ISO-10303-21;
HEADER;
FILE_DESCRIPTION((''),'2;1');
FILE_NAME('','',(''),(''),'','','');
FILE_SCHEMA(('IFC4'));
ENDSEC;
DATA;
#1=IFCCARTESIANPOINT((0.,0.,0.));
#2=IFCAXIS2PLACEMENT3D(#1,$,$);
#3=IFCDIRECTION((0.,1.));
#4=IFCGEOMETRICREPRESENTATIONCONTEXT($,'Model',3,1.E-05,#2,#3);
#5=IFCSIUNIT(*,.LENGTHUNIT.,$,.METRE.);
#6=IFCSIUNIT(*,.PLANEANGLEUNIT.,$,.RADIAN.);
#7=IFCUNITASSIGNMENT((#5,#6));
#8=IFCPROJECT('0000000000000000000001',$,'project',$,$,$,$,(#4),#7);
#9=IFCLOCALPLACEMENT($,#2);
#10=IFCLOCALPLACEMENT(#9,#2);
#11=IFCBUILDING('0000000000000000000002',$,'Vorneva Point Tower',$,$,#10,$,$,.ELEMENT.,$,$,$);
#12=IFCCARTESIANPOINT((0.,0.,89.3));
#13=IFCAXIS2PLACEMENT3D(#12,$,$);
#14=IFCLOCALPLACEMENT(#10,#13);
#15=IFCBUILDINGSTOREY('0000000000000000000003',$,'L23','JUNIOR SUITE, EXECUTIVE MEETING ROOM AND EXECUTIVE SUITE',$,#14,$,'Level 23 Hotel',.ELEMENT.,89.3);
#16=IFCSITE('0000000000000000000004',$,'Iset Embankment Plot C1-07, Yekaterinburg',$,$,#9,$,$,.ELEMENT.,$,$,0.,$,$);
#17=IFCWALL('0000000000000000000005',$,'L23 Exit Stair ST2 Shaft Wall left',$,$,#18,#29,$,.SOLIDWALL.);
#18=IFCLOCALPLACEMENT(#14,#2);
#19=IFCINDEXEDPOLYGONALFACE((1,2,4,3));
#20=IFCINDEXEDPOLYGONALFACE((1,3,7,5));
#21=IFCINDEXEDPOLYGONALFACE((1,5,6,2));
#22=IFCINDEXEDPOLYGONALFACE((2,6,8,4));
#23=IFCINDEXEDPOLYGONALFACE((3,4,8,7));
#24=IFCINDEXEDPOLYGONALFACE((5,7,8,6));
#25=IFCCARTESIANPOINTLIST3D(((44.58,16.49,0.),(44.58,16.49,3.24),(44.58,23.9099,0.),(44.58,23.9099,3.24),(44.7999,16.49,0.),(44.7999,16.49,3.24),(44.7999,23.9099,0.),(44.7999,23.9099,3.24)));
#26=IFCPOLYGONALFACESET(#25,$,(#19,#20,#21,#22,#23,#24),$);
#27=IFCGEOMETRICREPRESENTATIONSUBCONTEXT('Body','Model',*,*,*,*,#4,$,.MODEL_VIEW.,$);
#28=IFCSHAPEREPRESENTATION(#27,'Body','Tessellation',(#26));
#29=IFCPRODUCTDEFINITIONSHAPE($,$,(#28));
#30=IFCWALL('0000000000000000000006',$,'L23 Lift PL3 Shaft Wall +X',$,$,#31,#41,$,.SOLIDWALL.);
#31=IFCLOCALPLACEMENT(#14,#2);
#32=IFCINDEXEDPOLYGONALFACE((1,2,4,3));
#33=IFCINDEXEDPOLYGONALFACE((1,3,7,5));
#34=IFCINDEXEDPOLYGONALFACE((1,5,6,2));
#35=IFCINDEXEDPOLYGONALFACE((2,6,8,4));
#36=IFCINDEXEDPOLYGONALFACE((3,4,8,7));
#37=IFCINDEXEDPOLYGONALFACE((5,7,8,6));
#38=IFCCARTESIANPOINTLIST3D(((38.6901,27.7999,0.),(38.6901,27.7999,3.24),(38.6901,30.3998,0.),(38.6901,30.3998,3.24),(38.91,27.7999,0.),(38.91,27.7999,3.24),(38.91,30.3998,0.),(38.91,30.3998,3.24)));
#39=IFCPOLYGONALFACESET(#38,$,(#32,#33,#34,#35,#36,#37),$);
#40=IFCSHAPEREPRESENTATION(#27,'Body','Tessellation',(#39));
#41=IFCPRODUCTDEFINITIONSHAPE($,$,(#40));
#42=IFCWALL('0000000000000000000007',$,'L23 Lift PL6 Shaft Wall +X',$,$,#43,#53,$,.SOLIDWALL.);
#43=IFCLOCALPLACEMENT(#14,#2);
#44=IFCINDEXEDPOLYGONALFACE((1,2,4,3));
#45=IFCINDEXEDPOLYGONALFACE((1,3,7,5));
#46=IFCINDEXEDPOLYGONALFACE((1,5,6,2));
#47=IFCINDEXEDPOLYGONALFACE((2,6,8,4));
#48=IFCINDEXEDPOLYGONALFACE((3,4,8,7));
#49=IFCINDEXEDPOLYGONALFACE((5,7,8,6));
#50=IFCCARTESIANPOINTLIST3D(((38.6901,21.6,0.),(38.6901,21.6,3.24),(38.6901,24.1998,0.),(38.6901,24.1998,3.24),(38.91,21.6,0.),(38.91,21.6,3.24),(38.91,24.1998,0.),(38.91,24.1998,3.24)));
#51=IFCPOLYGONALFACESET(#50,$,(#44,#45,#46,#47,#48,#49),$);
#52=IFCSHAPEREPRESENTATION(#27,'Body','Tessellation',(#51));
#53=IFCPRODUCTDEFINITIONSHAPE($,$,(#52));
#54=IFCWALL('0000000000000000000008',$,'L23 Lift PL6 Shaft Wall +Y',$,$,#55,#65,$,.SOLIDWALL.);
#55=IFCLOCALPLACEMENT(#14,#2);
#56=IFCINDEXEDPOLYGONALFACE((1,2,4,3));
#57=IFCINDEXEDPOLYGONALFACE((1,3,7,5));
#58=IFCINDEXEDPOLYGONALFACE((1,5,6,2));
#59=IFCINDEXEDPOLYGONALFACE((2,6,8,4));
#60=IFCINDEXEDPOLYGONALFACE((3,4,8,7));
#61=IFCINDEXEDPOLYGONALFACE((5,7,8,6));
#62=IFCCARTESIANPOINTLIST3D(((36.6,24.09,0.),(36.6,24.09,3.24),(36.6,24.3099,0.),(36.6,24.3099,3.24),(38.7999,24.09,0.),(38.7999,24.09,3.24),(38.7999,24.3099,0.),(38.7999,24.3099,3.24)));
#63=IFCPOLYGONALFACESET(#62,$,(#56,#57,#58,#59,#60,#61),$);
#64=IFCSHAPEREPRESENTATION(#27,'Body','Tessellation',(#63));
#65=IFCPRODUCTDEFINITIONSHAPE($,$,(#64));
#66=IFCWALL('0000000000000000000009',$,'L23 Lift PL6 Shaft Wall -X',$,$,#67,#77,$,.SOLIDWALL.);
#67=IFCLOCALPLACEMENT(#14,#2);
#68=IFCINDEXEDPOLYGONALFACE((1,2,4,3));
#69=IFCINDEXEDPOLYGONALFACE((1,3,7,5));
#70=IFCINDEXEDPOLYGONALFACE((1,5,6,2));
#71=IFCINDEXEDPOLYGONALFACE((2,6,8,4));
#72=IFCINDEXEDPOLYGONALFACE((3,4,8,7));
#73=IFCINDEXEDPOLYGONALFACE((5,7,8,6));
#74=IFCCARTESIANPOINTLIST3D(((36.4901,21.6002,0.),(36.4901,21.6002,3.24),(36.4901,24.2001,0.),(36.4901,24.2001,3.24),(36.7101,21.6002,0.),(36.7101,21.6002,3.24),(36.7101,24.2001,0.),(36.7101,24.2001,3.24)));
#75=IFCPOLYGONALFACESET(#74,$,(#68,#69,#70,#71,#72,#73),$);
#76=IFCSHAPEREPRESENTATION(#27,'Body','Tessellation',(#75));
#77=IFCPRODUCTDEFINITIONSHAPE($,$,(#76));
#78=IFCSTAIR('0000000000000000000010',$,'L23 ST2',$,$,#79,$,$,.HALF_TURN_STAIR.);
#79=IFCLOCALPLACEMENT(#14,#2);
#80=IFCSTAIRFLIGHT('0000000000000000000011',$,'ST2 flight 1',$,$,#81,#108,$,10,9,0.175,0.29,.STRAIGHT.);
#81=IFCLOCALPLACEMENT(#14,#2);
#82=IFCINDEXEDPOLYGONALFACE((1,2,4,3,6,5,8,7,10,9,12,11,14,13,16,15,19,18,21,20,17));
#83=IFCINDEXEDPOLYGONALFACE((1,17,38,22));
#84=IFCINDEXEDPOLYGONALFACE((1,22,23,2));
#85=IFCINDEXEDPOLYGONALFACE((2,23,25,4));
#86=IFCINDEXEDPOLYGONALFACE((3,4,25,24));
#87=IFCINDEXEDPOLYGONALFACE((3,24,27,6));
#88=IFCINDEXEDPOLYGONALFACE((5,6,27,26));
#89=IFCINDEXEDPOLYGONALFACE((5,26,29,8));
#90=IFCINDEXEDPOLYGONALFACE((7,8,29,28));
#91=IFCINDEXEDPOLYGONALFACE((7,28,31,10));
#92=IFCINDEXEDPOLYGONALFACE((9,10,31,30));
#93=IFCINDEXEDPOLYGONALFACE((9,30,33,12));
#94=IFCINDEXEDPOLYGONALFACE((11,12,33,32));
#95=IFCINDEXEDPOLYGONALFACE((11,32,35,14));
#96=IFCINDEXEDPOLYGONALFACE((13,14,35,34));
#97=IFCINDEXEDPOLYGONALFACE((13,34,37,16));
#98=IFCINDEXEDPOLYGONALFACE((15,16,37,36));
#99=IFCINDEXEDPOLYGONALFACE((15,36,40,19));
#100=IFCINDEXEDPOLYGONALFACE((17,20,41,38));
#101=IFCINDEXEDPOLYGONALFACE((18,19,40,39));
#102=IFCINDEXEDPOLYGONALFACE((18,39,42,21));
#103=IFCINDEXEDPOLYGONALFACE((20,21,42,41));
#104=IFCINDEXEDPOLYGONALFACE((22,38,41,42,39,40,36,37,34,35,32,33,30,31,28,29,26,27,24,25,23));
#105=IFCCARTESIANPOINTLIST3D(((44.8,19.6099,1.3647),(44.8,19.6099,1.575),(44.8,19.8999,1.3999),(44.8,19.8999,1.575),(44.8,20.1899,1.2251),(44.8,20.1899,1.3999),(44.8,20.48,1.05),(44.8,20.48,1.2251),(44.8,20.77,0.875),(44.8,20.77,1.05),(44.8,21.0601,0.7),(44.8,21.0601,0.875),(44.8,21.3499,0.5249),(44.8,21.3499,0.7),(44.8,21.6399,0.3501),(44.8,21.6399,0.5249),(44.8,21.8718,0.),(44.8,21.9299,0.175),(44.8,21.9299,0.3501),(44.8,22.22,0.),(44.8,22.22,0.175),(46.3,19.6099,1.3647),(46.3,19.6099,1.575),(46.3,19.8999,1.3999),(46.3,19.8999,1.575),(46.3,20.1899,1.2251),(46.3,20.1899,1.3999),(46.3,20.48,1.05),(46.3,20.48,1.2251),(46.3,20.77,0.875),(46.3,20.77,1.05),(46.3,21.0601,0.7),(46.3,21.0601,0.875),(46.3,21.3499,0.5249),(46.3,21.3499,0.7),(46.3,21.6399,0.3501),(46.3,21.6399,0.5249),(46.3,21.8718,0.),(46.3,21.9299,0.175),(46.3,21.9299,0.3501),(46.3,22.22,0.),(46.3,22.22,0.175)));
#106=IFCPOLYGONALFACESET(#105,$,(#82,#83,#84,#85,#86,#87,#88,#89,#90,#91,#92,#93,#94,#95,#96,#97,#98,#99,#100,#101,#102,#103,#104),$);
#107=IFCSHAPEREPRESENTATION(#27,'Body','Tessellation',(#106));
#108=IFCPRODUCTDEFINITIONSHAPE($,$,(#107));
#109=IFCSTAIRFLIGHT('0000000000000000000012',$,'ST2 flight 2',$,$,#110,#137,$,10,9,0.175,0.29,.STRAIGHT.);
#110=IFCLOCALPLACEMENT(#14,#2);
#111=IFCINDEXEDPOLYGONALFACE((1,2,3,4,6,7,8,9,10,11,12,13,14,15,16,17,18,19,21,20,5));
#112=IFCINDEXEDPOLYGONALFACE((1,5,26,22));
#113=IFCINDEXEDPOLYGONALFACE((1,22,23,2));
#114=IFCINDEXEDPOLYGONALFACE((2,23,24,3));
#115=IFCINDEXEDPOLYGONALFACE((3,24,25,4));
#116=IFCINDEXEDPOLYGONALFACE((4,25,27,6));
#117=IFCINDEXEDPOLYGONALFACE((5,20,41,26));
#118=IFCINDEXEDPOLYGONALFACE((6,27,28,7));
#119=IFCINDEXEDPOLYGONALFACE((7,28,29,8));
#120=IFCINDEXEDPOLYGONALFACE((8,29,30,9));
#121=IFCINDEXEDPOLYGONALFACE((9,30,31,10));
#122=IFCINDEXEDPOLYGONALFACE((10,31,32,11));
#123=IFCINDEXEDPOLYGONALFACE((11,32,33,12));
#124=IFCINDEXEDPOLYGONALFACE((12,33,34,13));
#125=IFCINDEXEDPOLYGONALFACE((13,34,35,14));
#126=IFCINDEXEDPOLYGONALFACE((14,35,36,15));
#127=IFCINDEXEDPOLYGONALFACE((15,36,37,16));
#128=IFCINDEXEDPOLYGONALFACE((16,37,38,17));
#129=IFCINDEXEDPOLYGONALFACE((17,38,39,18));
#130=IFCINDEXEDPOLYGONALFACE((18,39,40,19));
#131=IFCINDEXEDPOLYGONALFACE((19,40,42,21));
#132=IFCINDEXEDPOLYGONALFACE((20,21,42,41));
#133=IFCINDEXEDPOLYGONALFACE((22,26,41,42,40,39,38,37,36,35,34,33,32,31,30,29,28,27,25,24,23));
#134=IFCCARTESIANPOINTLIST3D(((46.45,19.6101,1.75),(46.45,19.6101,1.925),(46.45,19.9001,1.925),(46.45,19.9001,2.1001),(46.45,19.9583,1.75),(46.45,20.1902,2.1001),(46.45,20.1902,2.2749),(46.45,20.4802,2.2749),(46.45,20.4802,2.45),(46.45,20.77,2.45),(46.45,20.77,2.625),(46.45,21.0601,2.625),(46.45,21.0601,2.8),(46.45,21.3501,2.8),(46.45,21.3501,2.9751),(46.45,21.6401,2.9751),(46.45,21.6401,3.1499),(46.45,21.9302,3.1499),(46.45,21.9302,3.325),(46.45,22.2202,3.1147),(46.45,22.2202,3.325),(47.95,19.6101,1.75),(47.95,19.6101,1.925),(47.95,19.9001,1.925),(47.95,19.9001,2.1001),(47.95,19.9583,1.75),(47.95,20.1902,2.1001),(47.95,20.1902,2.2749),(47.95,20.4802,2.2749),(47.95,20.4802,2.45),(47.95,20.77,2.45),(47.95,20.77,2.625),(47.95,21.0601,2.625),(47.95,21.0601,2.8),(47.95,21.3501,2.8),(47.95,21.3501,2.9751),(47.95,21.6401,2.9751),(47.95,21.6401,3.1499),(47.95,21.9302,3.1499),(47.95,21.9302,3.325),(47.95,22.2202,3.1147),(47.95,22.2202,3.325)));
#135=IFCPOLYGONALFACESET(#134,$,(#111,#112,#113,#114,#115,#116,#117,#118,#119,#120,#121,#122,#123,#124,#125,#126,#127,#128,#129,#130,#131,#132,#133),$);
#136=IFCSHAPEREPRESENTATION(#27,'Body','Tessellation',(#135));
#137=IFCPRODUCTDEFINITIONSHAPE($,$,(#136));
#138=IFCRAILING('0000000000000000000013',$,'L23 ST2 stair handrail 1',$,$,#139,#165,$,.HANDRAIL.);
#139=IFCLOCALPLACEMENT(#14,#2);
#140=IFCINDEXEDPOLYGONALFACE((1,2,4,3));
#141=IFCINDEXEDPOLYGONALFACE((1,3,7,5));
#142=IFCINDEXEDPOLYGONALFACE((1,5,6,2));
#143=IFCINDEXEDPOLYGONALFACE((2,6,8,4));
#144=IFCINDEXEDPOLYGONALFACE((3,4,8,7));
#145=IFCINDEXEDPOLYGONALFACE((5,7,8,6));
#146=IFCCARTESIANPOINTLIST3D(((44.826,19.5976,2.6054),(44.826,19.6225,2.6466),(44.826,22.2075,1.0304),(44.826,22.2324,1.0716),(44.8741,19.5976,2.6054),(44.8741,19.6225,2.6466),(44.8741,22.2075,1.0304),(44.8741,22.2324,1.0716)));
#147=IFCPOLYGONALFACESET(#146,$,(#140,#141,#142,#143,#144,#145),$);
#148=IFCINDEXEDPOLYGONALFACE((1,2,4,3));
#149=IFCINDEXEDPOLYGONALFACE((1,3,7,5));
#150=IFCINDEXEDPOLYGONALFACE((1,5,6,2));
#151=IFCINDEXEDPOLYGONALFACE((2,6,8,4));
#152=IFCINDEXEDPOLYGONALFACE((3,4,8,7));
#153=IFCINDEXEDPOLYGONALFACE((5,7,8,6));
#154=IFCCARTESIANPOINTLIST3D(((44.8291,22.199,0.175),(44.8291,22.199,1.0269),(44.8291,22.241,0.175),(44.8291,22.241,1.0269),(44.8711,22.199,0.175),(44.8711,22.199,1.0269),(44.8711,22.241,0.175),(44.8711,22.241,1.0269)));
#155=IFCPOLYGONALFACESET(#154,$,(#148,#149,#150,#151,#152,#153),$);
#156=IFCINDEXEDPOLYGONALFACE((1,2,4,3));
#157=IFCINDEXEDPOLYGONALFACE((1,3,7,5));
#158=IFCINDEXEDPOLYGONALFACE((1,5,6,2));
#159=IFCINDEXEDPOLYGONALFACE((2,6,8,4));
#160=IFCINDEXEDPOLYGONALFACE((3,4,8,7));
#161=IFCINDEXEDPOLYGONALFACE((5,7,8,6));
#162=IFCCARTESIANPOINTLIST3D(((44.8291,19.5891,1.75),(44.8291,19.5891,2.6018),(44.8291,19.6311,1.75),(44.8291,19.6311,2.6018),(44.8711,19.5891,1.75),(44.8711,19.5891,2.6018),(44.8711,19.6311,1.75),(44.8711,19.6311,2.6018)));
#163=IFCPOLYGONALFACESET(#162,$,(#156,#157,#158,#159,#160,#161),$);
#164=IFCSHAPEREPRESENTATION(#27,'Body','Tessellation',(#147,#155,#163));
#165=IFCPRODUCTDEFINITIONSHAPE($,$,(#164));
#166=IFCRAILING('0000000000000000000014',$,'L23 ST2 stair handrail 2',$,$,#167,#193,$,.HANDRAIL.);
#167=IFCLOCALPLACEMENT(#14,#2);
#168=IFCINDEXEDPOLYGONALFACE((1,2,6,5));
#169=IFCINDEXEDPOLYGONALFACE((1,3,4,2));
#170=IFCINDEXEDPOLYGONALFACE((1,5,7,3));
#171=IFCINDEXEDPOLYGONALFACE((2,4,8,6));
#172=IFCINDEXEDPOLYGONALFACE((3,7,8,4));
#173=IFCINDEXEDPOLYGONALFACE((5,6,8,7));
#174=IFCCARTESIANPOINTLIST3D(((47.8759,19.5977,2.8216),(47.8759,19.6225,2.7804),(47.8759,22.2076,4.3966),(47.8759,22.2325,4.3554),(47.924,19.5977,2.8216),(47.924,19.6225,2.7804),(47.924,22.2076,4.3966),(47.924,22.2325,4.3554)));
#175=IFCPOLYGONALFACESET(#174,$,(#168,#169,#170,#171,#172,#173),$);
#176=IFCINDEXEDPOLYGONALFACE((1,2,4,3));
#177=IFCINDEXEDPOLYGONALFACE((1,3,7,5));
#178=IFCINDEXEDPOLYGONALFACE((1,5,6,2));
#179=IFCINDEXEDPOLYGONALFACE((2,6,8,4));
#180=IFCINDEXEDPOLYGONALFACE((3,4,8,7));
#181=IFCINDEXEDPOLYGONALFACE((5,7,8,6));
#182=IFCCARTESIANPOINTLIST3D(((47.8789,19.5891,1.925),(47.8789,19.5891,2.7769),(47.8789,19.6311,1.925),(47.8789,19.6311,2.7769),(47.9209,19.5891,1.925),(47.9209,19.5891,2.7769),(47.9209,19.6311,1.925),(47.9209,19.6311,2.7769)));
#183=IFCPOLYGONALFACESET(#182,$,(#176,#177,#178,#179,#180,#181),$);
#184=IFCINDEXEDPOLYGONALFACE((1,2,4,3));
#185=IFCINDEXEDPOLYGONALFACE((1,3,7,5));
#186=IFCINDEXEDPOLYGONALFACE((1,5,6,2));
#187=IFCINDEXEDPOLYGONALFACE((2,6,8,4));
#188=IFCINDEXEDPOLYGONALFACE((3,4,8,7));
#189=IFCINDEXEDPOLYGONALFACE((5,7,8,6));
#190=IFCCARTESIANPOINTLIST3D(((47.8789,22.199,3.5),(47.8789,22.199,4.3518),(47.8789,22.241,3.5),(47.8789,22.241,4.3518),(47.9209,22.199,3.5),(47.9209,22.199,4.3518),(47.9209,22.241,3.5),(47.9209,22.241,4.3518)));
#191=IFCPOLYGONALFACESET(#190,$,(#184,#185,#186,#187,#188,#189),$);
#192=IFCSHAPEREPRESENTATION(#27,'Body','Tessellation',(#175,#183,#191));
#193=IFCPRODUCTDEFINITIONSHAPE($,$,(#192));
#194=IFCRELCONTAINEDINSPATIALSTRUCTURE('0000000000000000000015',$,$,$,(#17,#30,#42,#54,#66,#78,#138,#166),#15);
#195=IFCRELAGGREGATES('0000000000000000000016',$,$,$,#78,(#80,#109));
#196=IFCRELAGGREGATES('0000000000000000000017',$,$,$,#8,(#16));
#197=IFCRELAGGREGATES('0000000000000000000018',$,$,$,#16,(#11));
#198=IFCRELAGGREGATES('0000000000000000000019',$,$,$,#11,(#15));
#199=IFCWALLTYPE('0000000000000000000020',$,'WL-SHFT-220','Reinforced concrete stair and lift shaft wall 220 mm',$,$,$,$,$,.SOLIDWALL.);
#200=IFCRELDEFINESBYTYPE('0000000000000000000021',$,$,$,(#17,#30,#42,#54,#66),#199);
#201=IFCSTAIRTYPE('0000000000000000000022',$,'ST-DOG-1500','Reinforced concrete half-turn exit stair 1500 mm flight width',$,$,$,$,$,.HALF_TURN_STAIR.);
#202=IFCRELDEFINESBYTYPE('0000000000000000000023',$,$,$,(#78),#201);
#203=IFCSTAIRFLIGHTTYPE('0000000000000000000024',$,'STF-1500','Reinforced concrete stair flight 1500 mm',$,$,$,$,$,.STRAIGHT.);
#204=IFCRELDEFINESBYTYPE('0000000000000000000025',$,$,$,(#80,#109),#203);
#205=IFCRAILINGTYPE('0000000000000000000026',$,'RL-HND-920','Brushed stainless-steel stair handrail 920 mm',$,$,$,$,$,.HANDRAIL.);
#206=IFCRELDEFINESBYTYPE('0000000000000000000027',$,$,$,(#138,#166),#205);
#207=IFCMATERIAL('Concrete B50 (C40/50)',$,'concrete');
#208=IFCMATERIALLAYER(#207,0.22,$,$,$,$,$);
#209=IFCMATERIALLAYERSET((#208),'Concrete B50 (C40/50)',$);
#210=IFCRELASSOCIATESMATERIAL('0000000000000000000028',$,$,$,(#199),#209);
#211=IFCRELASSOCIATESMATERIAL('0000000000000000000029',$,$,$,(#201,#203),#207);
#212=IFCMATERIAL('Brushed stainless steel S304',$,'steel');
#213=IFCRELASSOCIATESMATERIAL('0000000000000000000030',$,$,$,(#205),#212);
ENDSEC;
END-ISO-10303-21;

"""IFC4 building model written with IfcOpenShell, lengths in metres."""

from ifc_helpers import new_model, si_unit, direction, frame, frame_2d, origin, origin_2d, place, context, subcontext, project, spatial, polyline, rectangle, outline, extrude, material, layer, layer_set, type_object, element, aggregate, save


model = new_model("IFC4")

# Units and contexts
model_context = context("Model", 3, precision=1e-05, world=origin(), true_north=direction((0.0, 1.0)))
body_context = subcontext(model_context, "Body", "Model", "MODEL_VIEW")
ifc_project = project(units=[si_unit("LENGTHUNIT", "METRE"), si_unit("PLANEANGLEUNIT", "RADIAN")], contexts=[model_context])

# Site, building, storey
site_placement = place(None, origin())
site = spatial("IfcSite", under=ifc_project, at=site_placement, Name="Iset Embankment Plot C1-07, Yekaterinburg", CompositionType="ELEMENT", RefElevation=0.0)
building_placement = place(site_placement, origin())
building = spatial("IfcBuilding", under=site, at=building_placement, Name="Vorneva Point Tower", CompositionType="ELEMENT")
storey_placement = place(building_placement, frame((0.0, 0.0, 89.3)))
storey = spatial("IfcBuildingStorey", under=building, at=storey_placement, Name="L23", Description="JUNIOR SUITE, EXECUTIVE MEETING ROOM AND EXECUTIVE SUITE", LongName="Level 23 Hotel", CompositionType="ELEMENT", Elevation=89.3)

# Shared definitions
ifc_material_1 = material(Name="Concrete B50 (C40/50)", Category="concrete")
ifc_layer_1 = layer(ifc_material_1, 0.22)
ifc_layer_set_1 = layer_set([ifc_layer_1], Name="Concrete B50 (C40/50)")
wall_type_1 = type_object("IfcWallType", Name="WL-SHFT-220", Description="Reinforced concrete stair and lift shaft wall 220 mm", PredefinedType="SOLIDWALL", material=ifc_layer_set_1)

# Walls
wall_1_placement = place(storey_placement, frame((44.6899, 16.49, 0.0), z_axis=(0.0, 0.0, 1.0), x_axis=(0.0, 1.0, 0.0)))
element("IfcWall", 1, at=wall_1_placement, inside=storey, type_object=wall_type_1, Name="L23 Exit Stair ST2 Shaft Wall left", PredefinedType="SOLIDWALL", context=body_context, shape_type="SweptSolid", body=[
    extrude(rectangle(XDim=7.4199, YDim=0.22, at=frame_2d((3.71, 0.0))), origin(), (0.0, 0.0, 1.0), 3.24),
])
for number, where, z_axis, x_axis, name in (
    (2, (38.8, 27.8, 0.0), (0.0, 0.0, 1.0), (0.0, 1.0, 0.0), "L23 Lift PL3 Shaft Wall +X"),
    (3, (38.8, 21.6001, 0.0), (0.0, 0.0, 1.0), (0.0, 1.0, 0.0), "L23 Lift PL6 Shaft Wall +X"),
):
    element("IfcWall", number, at=place(storey_placement, frame(where, z_axis=z_axis, x_axis=x_axis)), inside=storey, type_object=wall_type_1, Name=name, PredefinedType="SOLIDWALL", context=body_context, shape_type="SweptSolid", body=[
        extrude(rectangle(XDim=2.5999, YDim=0.22, at=frame_2d((1.2998, 0.0))), origin(), (0.0, 0.0, 1.0), 3.24),
    ])
wall_2_placement = place(storey_placement, frame((38.8, 24.2, 0.0), z_axis=(0.0, 0.0, 1.0), x_axis=(-1.0, 0.0, 0.0)))
element("IfcWall", 4, at=wall_2_placement, inside=storey, type_object=wall_type_1, Name="L23 Lift PL6 Shaft Wall +Y", PredefinedType="SOLIDWALL", context=body_context, shape_type="SweptSolid", body=[
    extrude(rectangle(XDim=2.2, YDim=0.22, at=frame_2d((1.1001, 0.0))), origin(), (0.0, 0.0, 1.0), 3.24),
])
wall_3_placement = place(storey_placement, frame((36.6001, 24.2, 0.0), z_axis=(0.0, 0.0, 1.0), x_axis=(0.0, -1.0, 0.0)))
element("IfcWall", 5, at=wall_3_placement, inside=storey, type_object=wall_type_1, Name="L23 Lift PL6 Shaft Wall -X", PredefinedType="SOLIDWALL", context=body_context, shape_type="SweptSolid", body=[
    extrude(rectangle(XDim=2.5999, YDim=0.22, at=frame_2d((1.2998, 0.0))), origin(), (0.0, 0.0, 1.0), 3.24),
])

# Stair, stair flights
stair_type = type_object("IfcStairType", Name="ST-DOG-1500", Description="Reinforced concrete half-turn exit stair 1500 mm flight width", PredefinedType="HALF_TURN_STAIR", material=ifc_material_1)
stair_placement = place(storey_placement, origin())
stair = element("IfcStair", 6, at=stair_placement, inside=storey, type_object=stair_type, Name="L23 ST2", PredefinedType="HALF_TURN_STAIR")
stair_flight_type = type_object("IfcStairFlightType", Name="STF-1500", Description="Reinforced concrete stair flight 1500 mm", PredefinedType="STRAIGHT", material=ifc_material_1)
stair_flight_1_placement = place(storey_placement, frame((45.55, 22.22, 0.0), z_axis=(0.0, 0.0, 1.0), x_axis=(0.0, -1.0, 0.0)))
stair_flight_1 = element("IfcStairFlight", 7, at=stair_flight_1_placement, type_object=stair_flight_type, Name="ST2 flight 1", NumberOfRisers=10, NumberOfTreads=9, PredefinedType="STRAIGHT", RiserHeight=0.175, TreadLength=0.29, context=body_context, shape_type="SweptSolid", body=[
    extrude(outline(polyline([(0.0, 0.0), (0.0, 0.175), (0.29, 0.175), (0.29, 0.3501), (0.5801, 0.3501), (0.5801, 0.5249), (0.8701, 0.5249), (0.8701, 0.7), (1.1599, 0.7), (1.1599, 0.875), (1.45, 0.875), (1.45, 1.05), (1.74, 1.05), (1.74, 1.2251), (2.03, 1.2251), (2.03, 1.3999), (2.3201, 1.3999), (2.3201, 1.575), (2.6101, 1.575), (2.6101, 1.75), (2.6101, 1.3647), (0.3481, 0.0), (0.0, 0.0)])), frame((0.0, 0.75, 0.0), z_axis=(0.0, -1.0, 0.0), x_axis=(1.0, 0.0, 0.0)), (0.0, 0.0, 1.0), 1.5),
])
stair_flight_2_placement = place(storey_placement, frame((47.2, 19.6101, 1.75), z_axis=(0.0, 0.0, 1.0), x_axis=(0.0, 1.0, 0.0)))
stair_flight_2 = element("IfcStairFlight", 8, at=stair_flight_2_placement, type_object=stair_flight_type, Name="ST2 flight 2", NumberOfRisers=10, NumberOfTreads=9, PredefinedType="STRAIGHT", RiserHeight=0.175, TreadLength=0.29, context=body_context, shape_type="SweptSolid", body=[
    extrude(outline(polyline([(0.0, 0.0), (0.0, 0.175), (0.29, 0.175), (0.29, 0.3501), (0.5801, 0.3501), (0.5801, 0.5249), (0.8701, 0.5249), (0.8701, 0.7), (1.1599, 0.7), (1.1599, 0.875), (1.45, 0.875), (1.45, 1.05), (1.74, 1.05), (1.74, 1.2251), (2.03, 1.2251), (2.03, 1.3999), (2.3201, 1.3999), (2.3201, 1.575), (2.6101, 1.575), (2.6101, 1.75), (2.6101, 1.3647), (0.3481, 0.0), (0.0, 0.0)])), frame((0.0, 0.75, 0.0), z_axis=(0.0, -1.0, 0.0), x_axis=(1.0, 0.0, 0.0)), (0.0, 0.0, 1.0), 1.5),
])
aggregate(stair, [stair_flight_1, stair_flight_2])

# Railings
ifc_material_2 = material(Name="Brushed stainless steel S304", Category="steel")
railing_type_1 = type_object("IfcRailingType", Name="RL-HND-920", Description="Brushed stainless-steel stair handrail 920 mm", PredefinedType="HANDRAIL", material=ifc_material_2)
railing_1_placement = place(storey_placement, frame((44.8501, 22.22, 0.175)))
element("IfcRailing", 9, at=railing_1_placement, inside=storey, type_object=railing_type_1, Name="L23 ST2 stair handrail 1", PredefinedType="HANDRAIL", context=body_context, shape_type="SweptSolid", body=[
    extrude(rectangle(XDim=0.0481, YDim=0.0481, at=origin_2d()), frame((0.0, 0.0, 0.876), z_axis=(0.0, -0.856183, 0.516673), x_axis=(1.0, 0.0, 0.0)), (0.0, 0.0, 1.0), 3.0483),
    extrude(rectangle(XDim=0.042, YDim=0.042, at=origin_2d()), origin(), (0.0, 0.0, 1.0), 0.8518),
    extrude(rectangle(XDim=0.042, YDim=0.042, at=origin_2d()), frame((0.0, -2.6099, 1.575)), (0.0, 0.0, 1.0), 0.8518),
])
railing_2_placement = place(storey_placement, frame((47.8999, 19.6101, 1.925)))
element("IfcRailing", 10, at=railing_2_placement, inside=storey, type_object=railing_type_1, Name="L23 ST2 stair handrail 2", PredefinedType="HANDRAIL", context=body_context, shape_type="SweptSolid", body=[
    extrude(rectangle(XDim=0.0481, YDim=0.0481, at=origin_2d()), frame((0.0, 0.0, 0.876), z_axis=(0.0, 0.856183, 0.516673), x_axis=(-1.0, 0.0, 0.0)), (0.0, 0.0, 1.0), 3.0483),
    extrude(rectangle(XDim=0.042, YDim=0.042, at=origin_2d()), origin(), (0.0, 0.0, 1.0), 0.8518),
    extrude(rectangle(XDim=0.042, YDim=0.042, at=origin_2d()), frame((0.0, 2.6099, 1.575)), (0.0, 0.0, 1.0), 0.8518),
])

save(model, "model.ifc")
